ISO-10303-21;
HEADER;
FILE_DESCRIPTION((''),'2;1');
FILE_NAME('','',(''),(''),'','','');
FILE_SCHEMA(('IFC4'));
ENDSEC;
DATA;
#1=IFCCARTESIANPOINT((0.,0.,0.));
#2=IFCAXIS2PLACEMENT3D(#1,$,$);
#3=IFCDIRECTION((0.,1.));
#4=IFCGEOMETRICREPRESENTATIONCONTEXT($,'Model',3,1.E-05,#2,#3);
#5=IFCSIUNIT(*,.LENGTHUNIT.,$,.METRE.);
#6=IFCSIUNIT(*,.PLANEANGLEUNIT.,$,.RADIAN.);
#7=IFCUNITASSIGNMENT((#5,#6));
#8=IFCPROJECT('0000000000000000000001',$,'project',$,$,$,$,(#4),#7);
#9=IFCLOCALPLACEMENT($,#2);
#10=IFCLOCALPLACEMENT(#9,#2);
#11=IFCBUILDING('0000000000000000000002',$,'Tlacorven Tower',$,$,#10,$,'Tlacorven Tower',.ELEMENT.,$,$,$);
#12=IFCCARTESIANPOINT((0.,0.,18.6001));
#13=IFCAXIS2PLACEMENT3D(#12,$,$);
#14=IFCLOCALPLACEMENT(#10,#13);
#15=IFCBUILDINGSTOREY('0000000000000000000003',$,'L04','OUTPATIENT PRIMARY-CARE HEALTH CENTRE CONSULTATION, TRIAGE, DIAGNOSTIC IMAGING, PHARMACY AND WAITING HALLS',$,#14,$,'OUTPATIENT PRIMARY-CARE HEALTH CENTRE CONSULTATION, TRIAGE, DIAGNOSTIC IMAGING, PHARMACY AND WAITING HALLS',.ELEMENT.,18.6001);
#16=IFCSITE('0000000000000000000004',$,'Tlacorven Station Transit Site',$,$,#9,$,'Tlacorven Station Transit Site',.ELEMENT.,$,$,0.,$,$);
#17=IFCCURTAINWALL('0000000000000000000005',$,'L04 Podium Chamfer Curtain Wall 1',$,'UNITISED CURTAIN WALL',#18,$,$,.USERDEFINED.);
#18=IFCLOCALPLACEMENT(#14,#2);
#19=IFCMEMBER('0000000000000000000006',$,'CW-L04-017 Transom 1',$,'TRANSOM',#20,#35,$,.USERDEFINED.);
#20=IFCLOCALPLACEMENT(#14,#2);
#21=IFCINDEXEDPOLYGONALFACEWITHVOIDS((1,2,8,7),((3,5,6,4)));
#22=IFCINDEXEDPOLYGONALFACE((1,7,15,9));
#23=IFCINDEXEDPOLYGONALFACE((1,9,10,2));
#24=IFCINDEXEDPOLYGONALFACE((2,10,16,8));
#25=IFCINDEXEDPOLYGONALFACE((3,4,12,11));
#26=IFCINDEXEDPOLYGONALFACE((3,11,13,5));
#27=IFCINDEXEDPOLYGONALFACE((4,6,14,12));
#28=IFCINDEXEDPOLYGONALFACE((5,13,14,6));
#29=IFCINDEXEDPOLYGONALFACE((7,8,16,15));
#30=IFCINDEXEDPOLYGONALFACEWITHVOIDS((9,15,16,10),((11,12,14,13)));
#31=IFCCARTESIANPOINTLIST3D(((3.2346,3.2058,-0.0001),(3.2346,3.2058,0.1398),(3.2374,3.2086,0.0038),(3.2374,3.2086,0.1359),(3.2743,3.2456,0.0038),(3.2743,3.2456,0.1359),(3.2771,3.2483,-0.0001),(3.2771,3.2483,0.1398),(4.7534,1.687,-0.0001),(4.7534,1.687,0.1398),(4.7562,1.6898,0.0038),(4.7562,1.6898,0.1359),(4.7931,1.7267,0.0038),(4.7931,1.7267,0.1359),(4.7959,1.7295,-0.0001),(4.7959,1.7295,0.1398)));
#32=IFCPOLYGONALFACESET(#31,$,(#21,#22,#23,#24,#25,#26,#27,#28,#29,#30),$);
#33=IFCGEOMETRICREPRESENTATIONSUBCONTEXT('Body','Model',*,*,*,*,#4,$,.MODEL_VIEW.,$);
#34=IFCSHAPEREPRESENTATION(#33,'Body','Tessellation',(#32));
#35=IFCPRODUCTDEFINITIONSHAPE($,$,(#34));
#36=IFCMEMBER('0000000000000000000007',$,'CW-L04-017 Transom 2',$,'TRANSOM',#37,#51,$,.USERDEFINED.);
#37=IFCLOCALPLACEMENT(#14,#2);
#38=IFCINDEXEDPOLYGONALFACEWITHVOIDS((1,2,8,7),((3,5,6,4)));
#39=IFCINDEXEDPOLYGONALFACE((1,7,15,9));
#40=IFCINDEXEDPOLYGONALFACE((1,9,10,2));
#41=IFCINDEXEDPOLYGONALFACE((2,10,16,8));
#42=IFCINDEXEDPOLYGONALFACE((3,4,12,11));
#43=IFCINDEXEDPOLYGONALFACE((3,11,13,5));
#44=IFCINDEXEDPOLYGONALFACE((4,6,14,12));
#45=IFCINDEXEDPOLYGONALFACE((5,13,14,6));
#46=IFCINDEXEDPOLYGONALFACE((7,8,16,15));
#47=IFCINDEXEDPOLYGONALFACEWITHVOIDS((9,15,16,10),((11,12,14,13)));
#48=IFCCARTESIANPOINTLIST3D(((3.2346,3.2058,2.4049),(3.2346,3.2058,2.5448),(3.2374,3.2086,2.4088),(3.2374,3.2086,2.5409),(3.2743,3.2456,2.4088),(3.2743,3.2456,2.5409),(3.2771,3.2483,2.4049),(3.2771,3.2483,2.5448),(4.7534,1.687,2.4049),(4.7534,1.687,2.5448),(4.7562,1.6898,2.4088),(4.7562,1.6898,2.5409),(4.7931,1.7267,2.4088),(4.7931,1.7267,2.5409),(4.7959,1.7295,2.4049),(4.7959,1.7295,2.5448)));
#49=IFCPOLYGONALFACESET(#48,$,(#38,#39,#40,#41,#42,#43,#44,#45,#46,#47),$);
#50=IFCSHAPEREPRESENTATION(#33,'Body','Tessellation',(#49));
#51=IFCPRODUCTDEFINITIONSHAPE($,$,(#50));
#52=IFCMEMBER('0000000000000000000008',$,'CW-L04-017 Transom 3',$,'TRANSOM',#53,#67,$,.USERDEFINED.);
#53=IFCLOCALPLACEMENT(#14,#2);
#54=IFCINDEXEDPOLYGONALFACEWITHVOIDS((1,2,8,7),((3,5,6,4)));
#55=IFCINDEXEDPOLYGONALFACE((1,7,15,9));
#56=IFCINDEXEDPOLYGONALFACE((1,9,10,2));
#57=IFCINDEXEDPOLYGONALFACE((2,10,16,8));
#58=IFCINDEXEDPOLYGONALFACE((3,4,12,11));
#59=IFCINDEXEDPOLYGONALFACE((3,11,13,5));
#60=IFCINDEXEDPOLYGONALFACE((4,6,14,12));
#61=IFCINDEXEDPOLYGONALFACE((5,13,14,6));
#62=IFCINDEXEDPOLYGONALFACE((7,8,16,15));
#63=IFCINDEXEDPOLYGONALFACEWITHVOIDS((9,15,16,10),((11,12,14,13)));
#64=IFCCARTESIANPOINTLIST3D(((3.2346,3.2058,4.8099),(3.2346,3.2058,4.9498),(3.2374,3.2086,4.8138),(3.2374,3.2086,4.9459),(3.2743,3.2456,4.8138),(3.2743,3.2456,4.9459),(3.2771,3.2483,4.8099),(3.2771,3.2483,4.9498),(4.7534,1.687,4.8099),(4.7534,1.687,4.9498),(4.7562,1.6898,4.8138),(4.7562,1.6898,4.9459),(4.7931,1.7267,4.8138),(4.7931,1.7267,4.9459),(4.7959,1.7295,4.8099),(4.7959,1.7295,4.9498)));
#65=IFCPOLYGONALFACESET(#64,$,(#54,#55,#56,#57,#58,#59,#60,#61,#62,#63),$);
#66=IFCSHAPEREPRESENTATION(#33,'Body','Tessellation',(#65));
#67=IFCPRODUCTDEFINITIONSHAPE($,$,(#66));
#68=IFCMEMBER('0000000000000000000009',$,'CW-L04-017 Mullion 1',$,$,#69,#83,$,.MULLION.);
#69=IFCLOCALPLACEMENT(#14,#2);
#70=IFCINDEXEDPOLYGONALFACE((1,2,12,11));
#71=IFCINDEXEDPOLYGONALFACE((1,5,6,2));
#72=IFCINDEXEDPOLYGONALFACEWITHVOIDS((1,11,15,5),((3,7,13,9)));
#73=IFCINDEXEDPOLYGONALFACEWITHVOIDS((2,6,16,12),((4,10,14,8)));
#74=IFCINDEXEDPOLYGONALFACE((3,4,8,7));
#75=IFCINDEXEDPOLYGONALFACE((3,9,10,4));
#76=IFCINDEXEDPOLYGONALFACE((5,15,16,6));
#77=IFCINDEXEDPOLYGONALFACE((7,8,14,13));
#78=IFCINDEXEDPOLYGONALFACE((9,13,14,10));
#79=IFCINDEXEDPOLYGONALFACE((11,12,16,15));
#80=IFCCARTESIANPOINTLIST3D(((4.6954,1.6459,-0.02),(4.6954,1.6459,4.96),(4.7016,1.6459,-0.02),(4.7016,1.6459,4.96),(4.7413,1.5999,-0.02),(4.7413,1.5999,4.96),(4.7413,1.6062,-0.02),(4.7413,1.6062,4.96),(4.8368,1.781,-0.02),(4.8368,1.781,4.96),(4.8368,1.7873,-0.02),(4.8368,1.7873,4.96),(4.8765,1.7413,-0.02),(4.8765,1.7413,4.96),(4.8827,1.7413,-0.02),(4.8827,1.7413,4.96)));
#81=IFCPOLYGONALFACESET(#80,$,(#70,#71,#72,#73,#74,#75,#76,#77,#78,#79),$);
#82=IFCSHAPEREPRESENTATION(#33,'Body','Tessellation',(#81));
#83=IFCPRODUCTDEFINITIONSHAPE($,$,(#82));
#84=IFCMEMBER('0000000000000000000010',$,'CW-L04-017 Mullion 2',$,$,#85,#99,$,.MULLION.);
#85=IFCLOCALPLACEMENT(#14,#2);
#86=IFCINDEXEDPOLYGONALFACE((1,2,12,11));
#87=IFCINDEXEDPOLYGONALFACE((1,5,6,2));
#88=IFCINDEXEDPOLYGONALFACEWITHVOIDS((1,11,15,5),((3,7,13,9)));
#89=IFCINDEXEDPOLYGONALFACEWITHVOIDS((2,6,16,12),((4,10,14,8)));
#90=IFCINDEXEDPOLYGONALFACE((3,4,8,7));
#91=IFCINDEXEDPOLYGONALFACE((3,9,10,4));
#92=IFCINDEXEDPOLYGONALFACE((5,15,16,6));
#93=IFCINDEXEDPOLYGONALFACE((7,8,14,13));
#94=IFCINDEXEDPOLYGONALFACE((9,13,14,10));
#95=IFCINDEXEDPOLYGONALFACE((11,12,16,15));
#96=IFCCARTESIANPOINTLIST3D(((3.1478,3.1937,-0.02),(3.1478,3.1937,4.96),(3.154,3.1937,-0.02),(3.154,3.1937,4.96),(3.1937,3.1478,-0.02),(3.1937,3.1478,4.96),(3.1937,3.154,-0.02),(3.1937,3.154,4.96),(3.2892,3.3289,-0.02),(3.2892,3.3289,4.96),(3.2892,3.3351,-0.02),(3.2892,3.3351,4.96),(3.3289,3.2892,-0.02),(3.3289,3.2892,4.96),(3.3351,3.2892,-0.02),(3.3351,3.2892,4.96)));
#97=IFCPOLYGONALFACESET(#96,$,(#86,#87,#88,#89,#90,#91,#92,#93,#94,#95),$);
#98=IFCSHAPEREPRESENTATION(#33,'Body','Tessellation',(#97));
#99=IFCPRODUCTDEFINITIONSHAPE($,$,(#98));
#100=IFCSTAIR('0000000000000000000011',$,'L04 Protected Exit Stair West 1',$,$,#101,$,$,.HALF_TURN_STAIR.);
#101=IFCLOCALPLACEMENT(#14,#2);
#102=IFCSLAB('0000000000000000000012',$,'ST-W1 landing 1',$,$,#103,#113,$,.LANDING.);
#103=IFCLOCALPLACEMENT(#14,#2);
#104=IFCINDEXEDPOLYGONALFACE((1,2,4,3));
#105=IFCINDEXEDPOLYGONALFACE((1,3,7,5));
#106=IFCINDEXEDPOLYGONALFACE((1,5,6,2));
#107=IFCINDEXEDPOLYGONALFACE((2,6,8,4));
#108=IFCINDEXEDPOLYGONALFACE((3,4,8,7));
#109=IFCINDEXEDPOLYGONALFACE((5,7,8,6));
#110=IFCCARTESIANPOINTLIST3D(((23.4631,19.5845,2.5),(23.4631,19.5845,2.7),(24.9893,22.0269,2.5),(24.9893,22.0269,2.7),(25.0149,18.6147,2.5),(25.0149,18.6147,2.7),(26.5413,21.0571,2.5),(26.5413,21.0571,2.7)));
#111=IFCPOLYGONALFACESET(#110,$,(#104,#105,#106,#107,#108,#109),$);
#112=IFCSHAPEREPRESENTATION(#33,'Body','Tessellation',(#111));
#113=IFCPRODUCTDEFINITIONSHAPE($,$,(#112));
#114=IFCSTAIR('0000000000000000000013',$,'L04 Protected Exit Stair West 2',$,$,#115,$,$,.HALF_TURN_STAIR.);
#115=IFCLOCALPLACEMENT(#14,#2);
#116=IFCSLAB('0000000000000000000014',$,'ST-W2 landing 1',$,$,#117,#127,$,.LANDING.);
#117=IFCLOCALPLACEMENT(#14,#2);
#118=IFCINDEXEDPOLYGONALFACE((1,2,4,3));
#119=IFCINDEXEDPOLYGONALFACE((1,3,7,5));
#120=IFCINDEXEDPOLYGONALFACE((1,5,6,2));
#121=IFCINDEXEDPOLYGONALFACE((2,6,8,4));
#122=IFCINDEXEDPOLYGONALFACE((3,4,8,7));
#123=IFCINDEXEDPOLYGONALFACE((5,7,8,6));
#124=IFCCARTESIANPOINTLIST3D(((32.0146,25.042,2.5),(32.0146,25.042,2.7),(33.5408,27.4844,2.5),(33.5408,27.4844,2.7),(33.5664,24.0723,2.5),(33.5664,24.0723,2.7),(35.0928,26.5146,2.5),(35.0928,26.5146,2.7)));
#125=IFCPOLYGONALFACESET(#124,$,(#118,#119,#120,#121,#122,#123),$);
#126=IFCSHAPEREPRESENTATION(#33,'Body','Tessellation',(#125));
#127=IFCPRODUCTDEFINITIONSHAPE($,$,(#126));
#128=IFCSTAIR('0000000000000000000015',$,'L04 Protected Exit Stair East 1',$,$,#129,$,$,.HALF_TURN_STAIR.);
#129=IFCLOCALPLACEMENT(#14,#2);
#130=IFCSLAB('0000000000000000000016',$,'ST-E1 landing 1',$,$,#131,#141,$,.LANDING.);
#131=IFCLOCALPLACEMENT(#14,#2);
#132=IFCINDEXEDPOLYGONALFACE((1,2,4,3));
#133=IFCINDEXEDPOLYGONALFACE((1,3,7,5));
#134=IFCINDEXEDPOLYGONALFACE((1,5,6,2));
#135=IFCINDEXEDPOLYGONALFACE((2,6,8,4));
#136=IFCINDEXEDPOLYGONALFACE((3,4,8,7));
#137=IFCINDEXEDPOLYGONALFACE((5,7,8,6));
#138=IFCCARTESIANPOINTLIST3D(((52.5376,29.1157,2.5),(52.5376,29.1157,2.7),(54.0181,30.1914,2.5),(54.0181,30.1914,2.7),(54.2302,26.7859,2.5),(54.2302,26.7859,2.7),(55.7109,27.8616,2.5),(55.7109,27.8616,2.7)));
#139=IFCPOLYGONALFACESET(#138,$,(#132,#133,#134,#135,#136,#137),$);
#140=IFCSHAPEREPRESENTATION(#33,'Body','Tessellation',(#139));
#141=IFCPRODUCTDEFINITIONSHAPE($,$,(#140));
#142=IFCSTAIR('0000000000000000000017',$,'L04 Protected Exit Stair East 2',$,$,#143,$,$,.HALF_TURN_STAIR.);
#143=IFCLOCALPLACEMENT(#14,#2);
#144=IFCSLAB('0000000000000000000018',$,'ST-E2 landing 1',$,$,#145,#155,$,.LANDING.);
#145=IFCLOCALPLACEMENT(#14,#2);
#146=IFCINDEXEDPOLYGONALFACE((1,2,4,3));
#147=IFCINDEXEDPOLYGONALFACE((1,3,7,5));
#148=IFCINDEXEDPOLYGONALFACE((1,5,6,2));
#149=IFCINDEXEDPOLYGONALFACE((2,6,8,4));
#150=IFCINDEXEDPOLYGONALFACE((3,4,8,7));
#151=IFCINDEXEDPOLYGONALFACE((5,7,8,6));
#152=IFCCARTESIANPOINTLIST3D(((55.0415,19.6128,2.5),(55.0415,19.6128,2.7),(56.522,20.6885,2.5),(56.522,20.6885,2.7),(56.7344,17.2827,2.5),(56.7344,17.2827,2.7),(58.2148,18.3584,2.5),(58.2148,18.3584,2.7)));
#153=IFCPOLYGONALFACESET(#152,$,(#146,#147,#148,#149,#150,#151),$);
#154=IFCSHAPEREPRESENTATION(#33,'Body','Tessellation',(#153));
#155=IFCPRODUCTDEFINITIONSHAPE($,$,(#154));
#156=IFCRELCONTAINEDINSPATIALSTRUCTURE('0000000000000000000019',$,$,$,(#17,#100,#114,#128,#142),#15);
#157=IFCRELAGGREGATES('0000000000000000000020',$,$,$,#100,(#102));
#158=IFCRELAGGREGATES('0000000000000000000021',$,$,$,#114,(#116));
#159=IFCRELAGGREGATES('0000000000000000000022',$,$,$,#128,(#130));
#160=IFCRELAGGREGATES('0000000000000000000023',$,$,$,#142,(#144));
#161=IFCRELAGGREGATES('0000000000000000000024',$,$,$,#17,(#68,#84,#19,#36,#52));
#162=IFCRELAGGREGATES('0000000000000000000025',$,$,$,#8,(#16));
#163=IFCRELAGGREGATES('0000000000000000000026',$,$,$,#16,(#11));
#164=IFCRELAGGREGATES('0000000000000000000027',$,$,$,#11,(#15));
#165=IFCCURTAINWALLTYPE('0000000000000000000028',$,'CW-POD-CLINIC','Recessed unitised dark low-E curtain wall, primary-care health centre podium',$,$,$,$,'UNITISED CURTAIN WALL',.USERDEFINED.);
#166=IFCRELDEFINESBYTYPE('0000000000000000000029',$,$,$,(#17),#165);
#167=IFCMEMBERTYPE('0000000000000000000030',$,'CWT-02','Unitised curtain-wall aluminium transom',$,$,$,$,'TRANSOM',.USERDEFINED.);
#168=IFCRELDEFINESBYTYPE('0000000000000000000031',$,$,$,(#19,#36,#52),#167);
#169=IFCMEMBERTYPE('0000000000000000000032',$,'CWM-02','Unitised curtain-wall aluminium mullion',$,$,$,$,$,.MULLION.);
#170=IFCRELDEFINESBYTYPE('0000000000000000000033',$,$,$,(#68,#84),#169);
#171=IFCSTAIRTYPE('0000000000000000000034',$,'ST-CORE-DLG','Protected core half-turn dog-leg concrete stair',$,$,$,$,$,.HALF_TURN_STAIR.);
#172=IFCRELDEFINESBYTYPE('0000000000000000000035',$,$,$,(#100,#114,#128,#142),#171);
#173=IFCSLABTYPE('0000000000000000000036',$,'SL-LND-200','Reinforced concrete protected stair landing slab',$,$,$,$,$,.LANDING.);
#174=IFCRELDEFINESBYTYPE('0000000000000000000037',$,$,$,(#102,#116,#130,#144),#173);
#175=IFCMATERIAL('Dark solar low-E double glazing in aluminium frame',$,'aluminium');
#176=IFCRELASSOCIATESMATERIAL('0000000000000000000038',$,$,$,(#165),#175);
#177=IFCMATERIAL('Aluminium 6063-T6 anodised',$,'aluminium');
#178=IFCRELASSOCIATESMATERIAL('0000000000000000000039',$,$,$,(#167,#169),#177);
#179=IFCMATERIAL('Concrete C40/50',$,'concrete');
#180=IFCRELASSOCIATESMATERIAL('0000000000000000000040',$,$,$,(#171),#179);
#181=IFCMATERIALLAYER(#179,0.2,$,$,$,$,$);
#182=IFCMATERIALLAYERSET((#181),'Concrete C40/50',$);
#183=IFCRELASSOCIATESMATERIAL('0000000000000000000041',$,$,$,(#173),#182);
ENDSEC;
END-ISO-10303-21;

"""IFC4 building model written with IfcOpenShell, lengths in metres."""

from ifc_helpers import new_model, si_unit, direction, frame, origin, origin_2d, place, context, subcontext, project, spatial, polyline, hollow_rectangle, outline, extrude, source, transform, mapped, material, layer, layer_set, material_profile, profile_set, type_object, element, aggregate, save


model = new_model("IFC4")

# Units and contexts
model_context = context("Model", 3, precision=1e-05, world=origin(), true_north=direction((0.0, 1.0)))
body_context = subcontext(model_context, "Body", "Model", "MODEL_VIEW")
ifc_project = project(units=[si_unit("LENGTHUNIT", "METRE"), si_unit("PLANEANGLEUNIT", "RADIAN")], contexts=[model_context])

# Site, building, storey
site_placement = place(None, origin())
site = spatial("IfcSite", under=ifc_project, at=site_placement, Name="Tlacorven Station Transit Site", LongName="Tlacorven Station Transit Site", CompositionType="ELEMENT", RefElevation=0.0)
building_placement = place(site_placement, origin())
building = spatial("IfcBuilding", under=site, at=building_placement, Name="Tlacorven Tower", LongName="Tlacorven Tower", CompositionType="ELEMENT")
storey_placement = place(building_placement, frame((0.0, 0.0, 18.6001)))
storey = spatial("IfcBuildingStorey", under=building, at=storey_placement, Name="L04", Description="OUTPATIENT PRIMARY-CARE HEALTH CENTRE CONSULTATION, TRIAGE, DIAGNOSTIC IMAGING, PHARMACY AND WAITING HALLS", LongName="OUTPATIENT PRIMARY-CARE HEALTH CENTRE CONSULTATION, TRIAGE, DIAGNOSTIC IMAGING, PHARMACY AND WAITING HALLS", CompositionType="ELEMENT", Elevation=18.6001)

# Curtain wall, members
ifc_material_1 = material(Name="Dark solar low-E double glazing in aluminium frame", Category="aluminium")
curtain_wall_type = type_object("IfcCurtainWallType", Name="CW-POD-CLINIC", Description="Recessed unitised dark low-E curtain wall, primary-care health centre podium", ElementType="UNITISED CURTAIN WALL", PredefinedType="USERDEFINED", material=ifc_material_1)
curtain_wall_placement = place(storey_placement, origin())
curtain_wall = element("IfcCurtainWall", 1, at=curtain_wall_placement, inside=storey, type_object=curtain_wall_type, Name="L04 Podium Chamfer Curtain Wall 1", ObjectType="UNITISED CURTAIN WALL", PredefinedType="USERDEFINED")
ifc_material_2 = material(Name="Aluminium 6063-T6 anodised", Category="aluminium")
ifc_material_profile_1 = material_profile(ifc_material_2, hollow_rectangle(XDim=0.0601, YDim=0.1399, WallThickness=0.0039, at=origin_2d()), Name="ALU TRANSOM 60X140")
ifc_profile_set_1 = profile_set([ifc_material_profile_1], Name="Aluminium 6063-T6 anodised")
member_type_1 = type_object("IfcMemberType", Name="CWT-02", Description="Unitised curtain-wall aluminium transom", ElementType="TRANSOM", PredefinedType="USERDEFINED", material=ifc_profile_set_1)
shared_shape_1 = source(origin(), body_context, "Body", "SweptSolid", [
    extrude(hollow_rectangle(XDim=0.0601, YDim=0.1399, WallThickness=0.0039, at=origin_2d()), origin(), (0.0, 0.0, 1.0), 2.1479),
])
member_1_placement = place(storey_placement, frame((4.7747, 1.7083, 0.0698), z_axis=(-0.707107, 0.707107, 0.0), x_axis=(-0.707107, -0.707107, 0.0)))
member_1 = element("IfcMember", 2, at=member_1_placement, type_object=member_type_1, Name="CW-L04-017 Transom 1", ObjectType="TRANSOM", PredefinedType="USERDEFINED", context=body_context, shape_type="MappedRepresentation", body=[
    mapped(shared_shape_1, transform((0.0, 0.0, 0.0), scale=1.0)),
])
member_2_placement = place(storey_placement, frame((4.7747, 1.7083, 2.4749), z_axis=(-0.707107, 0.707107, 0.0), x_axis=(-0.707107, -0.707107, 0.0)))
member_2 = element("IfcMember", 3, at=member_2_placement, type_object=member_type_1, Name="CW-L04-017 Transom 2", ObjectType="TRANSOM", PredefinedType="USERDEFINED", context=body_context, shape_type="MappedRepresentation", body=[
    mapped(shared_shape_1, transform((0.0, 0.0, 0.0), scale=1.0)),
])
member_3_placement = place(storey_placement, frame((4.7747, 1.7083, 4.8799), z_axis=(-0.707107, 0.707107, 0.0), x_axis=(-0.707107, -0.707107, 0.0)))
member_3 = element("IfcMember", 4, at=member_3_placement, type_object=member_type_1, Name="CW-L04-017 Transom 3", ObjectType="TRANSOM", PredefinedType="USERDEFINED", context=body_context, shape_type="MappedRepresentation", body=[
    mapped(shared_shape_1, transform((0.0, 0.0, 0.0), scale=1.0)),
])
ifc_material_profile_2 = material_profile(ifc_material_2, hollow_rectangle(XDim=0.0649, YDim=0.2, WallThickness=0.0044, at=origin_2d()), Name="ALU MULLION 65X200")
ifc_profile_set_2 = profile_set([ifc_material_profile_2], Name="Aluminium 6063-T6 anodised")
member_type_2 = type_object("IfcMemberType", Name="CWM-02", Description="Unitised curtain-wall aluminium mullion", PredefinedType="MULLION", material=ifc_profile_set_2)
shared_shape_2 = source(origin(), body_context, "Body", "SweptSolid", [
    extrude(hollow_rectangle(XDim=0.0649, YDim=0.2, WallThickness=0.0044, at=origin_2d()), origin(), (0.0, 0.0, 1.0), 4.98),
])
member_4_placement = place(storey_placement, frame((4.7891, 1.6936, -0.02), z_axis=(0.0, 0.0, 1.0), x_axis=(-0.707107, 0.707107, 0.0)))
member_4 = element("IfcMember", 5, at=member_4_placement, type_object=member_type_2, Name="CW-L04-017 Mullion 1", PredefinedType="MULLION", context=body_context, shape_type="MappedRepresentation", body=[
    mapped(shared_shape_2, transform((0.0, 0.0, 0.0), scale=1.0)),
])
member_5_placement = place(storey_placement, frame((3.2415, 3.2415, -0.02), z_axis=(0.0, 0.0, 1.0), x_axis=(-0.707107, 0.707107, 0.0)))
member_5 = element("IfcMember", 6, at=member_5_placement, type_object=member_type_2, Name="CW-L04-017 Mullion 2", PredefinedType="MULLION", context=body_context, shape_type="MappedRepresentation", body=[
    mapped(shared_shape_2, transform((0.0, 0.0, 0.0), scale=1.0)),
])

# Stairs, slabs
ifc_material_3 = material(Name="Concrete C40/50", Category="concrete")
stair_type = type_object("IfcStairType", Name="ST-CORE-DLG", Description="Protected core half-turn dog-leg concrete stair", PredefinedType="HALF_TURN_STAIR", material=ifc_material_3)
stair_1_placement = place(storey_placement, origin())
stair_1 = element("IfcStair", 7, at=stair_1_placement, inside=storey, type_object=stair_type, Name="L04 Protected Exit Stair West 1", PredefinedType="HALF_TURN_STAIR")
ifc_layer_1 = layer(ifc_material_3, 0.2)
ifc_layer_set_1 = layer_set([ifc_layer_1], Name="Concrete C40/50")
slab_type_1 = type_object("IfcSlabType", Name="SL-LND-200", Description="Reinforced concrete protected stair landing slab", PredefinedType="LANDING", material=ifc_layer_set_1)
slab_1_placement = place(storey_placement, frame((0.0, 0.0, 2.5)))
slab_1 = element("IfcSlab", 8, at=slab_1_placement, type_object=slab_type_1, Name="ST-W1 landing 1", PredefinedType="LANDING", context=body_context, shape_type="SweptSolid", body=[
    extrude(outline(polyline([(26.5413, 21.0571), (24.9893, 22.0269), (23.4631, 19.5845), (25.0149, 18.6147), (26.5413, 21.0571)])), origin(), (0.0, 0.0, 1.0), 0.2),
])
aggregate(stair_1, [slab_1])
stair_2_placement = place(storey_placement, origin())
stair_2 = element("IfcStair", 9, at=stair_2_placement, inside=storey, type_object=stair_type, Name="L04 Protected Exit Stair West 2", PredefinedType="HALF_TURN_STAIR")
slab_2_placement = place(storey_placement, frame((0.0, 0.0, 2.5)))
slab_2 = element("IfcSlab", 10, at=slab_2_placement, type_object=slab_type_1, Name="ST-W2 landing 1", PredefinedType="LANDING", context=body_context, shape_type="SweptSolid", body=[
    extrude(outline(polyline([(35.0928, 26.5146), (33.5408, 27.4844), (32.0146, 25.042), (33.5664, 24.0723), (35.0928, 26.5146)])), origin(), (0.0, 0.0, 1.0), 0.2),
])
aggregate(stair_2, [slab_2])
stair_3_placement = place(storey_placement, origin())
stair_3 = element("IfcStair", 11, at=stair_3_placement, inside=storey, type_object=stair_type, Name="L04 Protected Exit Stair East 1", PredefinedType="HALF_TURN_STAIR")
slab_3_placement = place(storey_placement, frame((0.0, 0.0, 2.5)))
slab_3 = element("IfcSlab", 12, at=slab_3_placement, type_object=slab_type_1, Name="ST-E1 landing 1", PredefinedType="LANDING", context=body_context, shape_type="SweptSolid", body=[
    extrude(outline(polyline([(54.2302, 26.7859), (55.7109, 27.8616), (54.0181, 30.1914), (52.5376, 29.1157), (54.2302, 26.7859)])), origin(), (0.0, 0.0, 1.0), 0.2),
])
aggregate(stair_3, [slab_3])
stair_4_placement = place(storey_placement, origin())
stair_4 = element("IfcStair", 13, at=stair_4_placement, inside=storey, type_object=stair_type, Name="L04 Protected Exit Stair East 2", PredefinedType="HALF_TURN_STAIR")
slab_4_placement = place(storey_placement, frame((0.0, 0.0, 2.5)))
slab_4 = element("IfcSlab", 14, at=slab_4_placement, type_object=slab_type_1, Name="ST-E2 landing 1", PredefinedType="LANDING", context=body_context, shape_type="SweptSolid", body=[
    extrude(outline(polyline([(56.7344, 17.2827), (58.2148, 18.3584), (56.522, 20.6885), (55.0415, 19.6128), (56.7344, 17.2827)])), origin(), (0.0, 0.0, 1.0), 0.2),
])
aggregate(stair_4, [slab_4])

aggregate(curtain_wall, [member_4, member_5, member_1, member_2, member_3])

save(model, "model.ifc")
